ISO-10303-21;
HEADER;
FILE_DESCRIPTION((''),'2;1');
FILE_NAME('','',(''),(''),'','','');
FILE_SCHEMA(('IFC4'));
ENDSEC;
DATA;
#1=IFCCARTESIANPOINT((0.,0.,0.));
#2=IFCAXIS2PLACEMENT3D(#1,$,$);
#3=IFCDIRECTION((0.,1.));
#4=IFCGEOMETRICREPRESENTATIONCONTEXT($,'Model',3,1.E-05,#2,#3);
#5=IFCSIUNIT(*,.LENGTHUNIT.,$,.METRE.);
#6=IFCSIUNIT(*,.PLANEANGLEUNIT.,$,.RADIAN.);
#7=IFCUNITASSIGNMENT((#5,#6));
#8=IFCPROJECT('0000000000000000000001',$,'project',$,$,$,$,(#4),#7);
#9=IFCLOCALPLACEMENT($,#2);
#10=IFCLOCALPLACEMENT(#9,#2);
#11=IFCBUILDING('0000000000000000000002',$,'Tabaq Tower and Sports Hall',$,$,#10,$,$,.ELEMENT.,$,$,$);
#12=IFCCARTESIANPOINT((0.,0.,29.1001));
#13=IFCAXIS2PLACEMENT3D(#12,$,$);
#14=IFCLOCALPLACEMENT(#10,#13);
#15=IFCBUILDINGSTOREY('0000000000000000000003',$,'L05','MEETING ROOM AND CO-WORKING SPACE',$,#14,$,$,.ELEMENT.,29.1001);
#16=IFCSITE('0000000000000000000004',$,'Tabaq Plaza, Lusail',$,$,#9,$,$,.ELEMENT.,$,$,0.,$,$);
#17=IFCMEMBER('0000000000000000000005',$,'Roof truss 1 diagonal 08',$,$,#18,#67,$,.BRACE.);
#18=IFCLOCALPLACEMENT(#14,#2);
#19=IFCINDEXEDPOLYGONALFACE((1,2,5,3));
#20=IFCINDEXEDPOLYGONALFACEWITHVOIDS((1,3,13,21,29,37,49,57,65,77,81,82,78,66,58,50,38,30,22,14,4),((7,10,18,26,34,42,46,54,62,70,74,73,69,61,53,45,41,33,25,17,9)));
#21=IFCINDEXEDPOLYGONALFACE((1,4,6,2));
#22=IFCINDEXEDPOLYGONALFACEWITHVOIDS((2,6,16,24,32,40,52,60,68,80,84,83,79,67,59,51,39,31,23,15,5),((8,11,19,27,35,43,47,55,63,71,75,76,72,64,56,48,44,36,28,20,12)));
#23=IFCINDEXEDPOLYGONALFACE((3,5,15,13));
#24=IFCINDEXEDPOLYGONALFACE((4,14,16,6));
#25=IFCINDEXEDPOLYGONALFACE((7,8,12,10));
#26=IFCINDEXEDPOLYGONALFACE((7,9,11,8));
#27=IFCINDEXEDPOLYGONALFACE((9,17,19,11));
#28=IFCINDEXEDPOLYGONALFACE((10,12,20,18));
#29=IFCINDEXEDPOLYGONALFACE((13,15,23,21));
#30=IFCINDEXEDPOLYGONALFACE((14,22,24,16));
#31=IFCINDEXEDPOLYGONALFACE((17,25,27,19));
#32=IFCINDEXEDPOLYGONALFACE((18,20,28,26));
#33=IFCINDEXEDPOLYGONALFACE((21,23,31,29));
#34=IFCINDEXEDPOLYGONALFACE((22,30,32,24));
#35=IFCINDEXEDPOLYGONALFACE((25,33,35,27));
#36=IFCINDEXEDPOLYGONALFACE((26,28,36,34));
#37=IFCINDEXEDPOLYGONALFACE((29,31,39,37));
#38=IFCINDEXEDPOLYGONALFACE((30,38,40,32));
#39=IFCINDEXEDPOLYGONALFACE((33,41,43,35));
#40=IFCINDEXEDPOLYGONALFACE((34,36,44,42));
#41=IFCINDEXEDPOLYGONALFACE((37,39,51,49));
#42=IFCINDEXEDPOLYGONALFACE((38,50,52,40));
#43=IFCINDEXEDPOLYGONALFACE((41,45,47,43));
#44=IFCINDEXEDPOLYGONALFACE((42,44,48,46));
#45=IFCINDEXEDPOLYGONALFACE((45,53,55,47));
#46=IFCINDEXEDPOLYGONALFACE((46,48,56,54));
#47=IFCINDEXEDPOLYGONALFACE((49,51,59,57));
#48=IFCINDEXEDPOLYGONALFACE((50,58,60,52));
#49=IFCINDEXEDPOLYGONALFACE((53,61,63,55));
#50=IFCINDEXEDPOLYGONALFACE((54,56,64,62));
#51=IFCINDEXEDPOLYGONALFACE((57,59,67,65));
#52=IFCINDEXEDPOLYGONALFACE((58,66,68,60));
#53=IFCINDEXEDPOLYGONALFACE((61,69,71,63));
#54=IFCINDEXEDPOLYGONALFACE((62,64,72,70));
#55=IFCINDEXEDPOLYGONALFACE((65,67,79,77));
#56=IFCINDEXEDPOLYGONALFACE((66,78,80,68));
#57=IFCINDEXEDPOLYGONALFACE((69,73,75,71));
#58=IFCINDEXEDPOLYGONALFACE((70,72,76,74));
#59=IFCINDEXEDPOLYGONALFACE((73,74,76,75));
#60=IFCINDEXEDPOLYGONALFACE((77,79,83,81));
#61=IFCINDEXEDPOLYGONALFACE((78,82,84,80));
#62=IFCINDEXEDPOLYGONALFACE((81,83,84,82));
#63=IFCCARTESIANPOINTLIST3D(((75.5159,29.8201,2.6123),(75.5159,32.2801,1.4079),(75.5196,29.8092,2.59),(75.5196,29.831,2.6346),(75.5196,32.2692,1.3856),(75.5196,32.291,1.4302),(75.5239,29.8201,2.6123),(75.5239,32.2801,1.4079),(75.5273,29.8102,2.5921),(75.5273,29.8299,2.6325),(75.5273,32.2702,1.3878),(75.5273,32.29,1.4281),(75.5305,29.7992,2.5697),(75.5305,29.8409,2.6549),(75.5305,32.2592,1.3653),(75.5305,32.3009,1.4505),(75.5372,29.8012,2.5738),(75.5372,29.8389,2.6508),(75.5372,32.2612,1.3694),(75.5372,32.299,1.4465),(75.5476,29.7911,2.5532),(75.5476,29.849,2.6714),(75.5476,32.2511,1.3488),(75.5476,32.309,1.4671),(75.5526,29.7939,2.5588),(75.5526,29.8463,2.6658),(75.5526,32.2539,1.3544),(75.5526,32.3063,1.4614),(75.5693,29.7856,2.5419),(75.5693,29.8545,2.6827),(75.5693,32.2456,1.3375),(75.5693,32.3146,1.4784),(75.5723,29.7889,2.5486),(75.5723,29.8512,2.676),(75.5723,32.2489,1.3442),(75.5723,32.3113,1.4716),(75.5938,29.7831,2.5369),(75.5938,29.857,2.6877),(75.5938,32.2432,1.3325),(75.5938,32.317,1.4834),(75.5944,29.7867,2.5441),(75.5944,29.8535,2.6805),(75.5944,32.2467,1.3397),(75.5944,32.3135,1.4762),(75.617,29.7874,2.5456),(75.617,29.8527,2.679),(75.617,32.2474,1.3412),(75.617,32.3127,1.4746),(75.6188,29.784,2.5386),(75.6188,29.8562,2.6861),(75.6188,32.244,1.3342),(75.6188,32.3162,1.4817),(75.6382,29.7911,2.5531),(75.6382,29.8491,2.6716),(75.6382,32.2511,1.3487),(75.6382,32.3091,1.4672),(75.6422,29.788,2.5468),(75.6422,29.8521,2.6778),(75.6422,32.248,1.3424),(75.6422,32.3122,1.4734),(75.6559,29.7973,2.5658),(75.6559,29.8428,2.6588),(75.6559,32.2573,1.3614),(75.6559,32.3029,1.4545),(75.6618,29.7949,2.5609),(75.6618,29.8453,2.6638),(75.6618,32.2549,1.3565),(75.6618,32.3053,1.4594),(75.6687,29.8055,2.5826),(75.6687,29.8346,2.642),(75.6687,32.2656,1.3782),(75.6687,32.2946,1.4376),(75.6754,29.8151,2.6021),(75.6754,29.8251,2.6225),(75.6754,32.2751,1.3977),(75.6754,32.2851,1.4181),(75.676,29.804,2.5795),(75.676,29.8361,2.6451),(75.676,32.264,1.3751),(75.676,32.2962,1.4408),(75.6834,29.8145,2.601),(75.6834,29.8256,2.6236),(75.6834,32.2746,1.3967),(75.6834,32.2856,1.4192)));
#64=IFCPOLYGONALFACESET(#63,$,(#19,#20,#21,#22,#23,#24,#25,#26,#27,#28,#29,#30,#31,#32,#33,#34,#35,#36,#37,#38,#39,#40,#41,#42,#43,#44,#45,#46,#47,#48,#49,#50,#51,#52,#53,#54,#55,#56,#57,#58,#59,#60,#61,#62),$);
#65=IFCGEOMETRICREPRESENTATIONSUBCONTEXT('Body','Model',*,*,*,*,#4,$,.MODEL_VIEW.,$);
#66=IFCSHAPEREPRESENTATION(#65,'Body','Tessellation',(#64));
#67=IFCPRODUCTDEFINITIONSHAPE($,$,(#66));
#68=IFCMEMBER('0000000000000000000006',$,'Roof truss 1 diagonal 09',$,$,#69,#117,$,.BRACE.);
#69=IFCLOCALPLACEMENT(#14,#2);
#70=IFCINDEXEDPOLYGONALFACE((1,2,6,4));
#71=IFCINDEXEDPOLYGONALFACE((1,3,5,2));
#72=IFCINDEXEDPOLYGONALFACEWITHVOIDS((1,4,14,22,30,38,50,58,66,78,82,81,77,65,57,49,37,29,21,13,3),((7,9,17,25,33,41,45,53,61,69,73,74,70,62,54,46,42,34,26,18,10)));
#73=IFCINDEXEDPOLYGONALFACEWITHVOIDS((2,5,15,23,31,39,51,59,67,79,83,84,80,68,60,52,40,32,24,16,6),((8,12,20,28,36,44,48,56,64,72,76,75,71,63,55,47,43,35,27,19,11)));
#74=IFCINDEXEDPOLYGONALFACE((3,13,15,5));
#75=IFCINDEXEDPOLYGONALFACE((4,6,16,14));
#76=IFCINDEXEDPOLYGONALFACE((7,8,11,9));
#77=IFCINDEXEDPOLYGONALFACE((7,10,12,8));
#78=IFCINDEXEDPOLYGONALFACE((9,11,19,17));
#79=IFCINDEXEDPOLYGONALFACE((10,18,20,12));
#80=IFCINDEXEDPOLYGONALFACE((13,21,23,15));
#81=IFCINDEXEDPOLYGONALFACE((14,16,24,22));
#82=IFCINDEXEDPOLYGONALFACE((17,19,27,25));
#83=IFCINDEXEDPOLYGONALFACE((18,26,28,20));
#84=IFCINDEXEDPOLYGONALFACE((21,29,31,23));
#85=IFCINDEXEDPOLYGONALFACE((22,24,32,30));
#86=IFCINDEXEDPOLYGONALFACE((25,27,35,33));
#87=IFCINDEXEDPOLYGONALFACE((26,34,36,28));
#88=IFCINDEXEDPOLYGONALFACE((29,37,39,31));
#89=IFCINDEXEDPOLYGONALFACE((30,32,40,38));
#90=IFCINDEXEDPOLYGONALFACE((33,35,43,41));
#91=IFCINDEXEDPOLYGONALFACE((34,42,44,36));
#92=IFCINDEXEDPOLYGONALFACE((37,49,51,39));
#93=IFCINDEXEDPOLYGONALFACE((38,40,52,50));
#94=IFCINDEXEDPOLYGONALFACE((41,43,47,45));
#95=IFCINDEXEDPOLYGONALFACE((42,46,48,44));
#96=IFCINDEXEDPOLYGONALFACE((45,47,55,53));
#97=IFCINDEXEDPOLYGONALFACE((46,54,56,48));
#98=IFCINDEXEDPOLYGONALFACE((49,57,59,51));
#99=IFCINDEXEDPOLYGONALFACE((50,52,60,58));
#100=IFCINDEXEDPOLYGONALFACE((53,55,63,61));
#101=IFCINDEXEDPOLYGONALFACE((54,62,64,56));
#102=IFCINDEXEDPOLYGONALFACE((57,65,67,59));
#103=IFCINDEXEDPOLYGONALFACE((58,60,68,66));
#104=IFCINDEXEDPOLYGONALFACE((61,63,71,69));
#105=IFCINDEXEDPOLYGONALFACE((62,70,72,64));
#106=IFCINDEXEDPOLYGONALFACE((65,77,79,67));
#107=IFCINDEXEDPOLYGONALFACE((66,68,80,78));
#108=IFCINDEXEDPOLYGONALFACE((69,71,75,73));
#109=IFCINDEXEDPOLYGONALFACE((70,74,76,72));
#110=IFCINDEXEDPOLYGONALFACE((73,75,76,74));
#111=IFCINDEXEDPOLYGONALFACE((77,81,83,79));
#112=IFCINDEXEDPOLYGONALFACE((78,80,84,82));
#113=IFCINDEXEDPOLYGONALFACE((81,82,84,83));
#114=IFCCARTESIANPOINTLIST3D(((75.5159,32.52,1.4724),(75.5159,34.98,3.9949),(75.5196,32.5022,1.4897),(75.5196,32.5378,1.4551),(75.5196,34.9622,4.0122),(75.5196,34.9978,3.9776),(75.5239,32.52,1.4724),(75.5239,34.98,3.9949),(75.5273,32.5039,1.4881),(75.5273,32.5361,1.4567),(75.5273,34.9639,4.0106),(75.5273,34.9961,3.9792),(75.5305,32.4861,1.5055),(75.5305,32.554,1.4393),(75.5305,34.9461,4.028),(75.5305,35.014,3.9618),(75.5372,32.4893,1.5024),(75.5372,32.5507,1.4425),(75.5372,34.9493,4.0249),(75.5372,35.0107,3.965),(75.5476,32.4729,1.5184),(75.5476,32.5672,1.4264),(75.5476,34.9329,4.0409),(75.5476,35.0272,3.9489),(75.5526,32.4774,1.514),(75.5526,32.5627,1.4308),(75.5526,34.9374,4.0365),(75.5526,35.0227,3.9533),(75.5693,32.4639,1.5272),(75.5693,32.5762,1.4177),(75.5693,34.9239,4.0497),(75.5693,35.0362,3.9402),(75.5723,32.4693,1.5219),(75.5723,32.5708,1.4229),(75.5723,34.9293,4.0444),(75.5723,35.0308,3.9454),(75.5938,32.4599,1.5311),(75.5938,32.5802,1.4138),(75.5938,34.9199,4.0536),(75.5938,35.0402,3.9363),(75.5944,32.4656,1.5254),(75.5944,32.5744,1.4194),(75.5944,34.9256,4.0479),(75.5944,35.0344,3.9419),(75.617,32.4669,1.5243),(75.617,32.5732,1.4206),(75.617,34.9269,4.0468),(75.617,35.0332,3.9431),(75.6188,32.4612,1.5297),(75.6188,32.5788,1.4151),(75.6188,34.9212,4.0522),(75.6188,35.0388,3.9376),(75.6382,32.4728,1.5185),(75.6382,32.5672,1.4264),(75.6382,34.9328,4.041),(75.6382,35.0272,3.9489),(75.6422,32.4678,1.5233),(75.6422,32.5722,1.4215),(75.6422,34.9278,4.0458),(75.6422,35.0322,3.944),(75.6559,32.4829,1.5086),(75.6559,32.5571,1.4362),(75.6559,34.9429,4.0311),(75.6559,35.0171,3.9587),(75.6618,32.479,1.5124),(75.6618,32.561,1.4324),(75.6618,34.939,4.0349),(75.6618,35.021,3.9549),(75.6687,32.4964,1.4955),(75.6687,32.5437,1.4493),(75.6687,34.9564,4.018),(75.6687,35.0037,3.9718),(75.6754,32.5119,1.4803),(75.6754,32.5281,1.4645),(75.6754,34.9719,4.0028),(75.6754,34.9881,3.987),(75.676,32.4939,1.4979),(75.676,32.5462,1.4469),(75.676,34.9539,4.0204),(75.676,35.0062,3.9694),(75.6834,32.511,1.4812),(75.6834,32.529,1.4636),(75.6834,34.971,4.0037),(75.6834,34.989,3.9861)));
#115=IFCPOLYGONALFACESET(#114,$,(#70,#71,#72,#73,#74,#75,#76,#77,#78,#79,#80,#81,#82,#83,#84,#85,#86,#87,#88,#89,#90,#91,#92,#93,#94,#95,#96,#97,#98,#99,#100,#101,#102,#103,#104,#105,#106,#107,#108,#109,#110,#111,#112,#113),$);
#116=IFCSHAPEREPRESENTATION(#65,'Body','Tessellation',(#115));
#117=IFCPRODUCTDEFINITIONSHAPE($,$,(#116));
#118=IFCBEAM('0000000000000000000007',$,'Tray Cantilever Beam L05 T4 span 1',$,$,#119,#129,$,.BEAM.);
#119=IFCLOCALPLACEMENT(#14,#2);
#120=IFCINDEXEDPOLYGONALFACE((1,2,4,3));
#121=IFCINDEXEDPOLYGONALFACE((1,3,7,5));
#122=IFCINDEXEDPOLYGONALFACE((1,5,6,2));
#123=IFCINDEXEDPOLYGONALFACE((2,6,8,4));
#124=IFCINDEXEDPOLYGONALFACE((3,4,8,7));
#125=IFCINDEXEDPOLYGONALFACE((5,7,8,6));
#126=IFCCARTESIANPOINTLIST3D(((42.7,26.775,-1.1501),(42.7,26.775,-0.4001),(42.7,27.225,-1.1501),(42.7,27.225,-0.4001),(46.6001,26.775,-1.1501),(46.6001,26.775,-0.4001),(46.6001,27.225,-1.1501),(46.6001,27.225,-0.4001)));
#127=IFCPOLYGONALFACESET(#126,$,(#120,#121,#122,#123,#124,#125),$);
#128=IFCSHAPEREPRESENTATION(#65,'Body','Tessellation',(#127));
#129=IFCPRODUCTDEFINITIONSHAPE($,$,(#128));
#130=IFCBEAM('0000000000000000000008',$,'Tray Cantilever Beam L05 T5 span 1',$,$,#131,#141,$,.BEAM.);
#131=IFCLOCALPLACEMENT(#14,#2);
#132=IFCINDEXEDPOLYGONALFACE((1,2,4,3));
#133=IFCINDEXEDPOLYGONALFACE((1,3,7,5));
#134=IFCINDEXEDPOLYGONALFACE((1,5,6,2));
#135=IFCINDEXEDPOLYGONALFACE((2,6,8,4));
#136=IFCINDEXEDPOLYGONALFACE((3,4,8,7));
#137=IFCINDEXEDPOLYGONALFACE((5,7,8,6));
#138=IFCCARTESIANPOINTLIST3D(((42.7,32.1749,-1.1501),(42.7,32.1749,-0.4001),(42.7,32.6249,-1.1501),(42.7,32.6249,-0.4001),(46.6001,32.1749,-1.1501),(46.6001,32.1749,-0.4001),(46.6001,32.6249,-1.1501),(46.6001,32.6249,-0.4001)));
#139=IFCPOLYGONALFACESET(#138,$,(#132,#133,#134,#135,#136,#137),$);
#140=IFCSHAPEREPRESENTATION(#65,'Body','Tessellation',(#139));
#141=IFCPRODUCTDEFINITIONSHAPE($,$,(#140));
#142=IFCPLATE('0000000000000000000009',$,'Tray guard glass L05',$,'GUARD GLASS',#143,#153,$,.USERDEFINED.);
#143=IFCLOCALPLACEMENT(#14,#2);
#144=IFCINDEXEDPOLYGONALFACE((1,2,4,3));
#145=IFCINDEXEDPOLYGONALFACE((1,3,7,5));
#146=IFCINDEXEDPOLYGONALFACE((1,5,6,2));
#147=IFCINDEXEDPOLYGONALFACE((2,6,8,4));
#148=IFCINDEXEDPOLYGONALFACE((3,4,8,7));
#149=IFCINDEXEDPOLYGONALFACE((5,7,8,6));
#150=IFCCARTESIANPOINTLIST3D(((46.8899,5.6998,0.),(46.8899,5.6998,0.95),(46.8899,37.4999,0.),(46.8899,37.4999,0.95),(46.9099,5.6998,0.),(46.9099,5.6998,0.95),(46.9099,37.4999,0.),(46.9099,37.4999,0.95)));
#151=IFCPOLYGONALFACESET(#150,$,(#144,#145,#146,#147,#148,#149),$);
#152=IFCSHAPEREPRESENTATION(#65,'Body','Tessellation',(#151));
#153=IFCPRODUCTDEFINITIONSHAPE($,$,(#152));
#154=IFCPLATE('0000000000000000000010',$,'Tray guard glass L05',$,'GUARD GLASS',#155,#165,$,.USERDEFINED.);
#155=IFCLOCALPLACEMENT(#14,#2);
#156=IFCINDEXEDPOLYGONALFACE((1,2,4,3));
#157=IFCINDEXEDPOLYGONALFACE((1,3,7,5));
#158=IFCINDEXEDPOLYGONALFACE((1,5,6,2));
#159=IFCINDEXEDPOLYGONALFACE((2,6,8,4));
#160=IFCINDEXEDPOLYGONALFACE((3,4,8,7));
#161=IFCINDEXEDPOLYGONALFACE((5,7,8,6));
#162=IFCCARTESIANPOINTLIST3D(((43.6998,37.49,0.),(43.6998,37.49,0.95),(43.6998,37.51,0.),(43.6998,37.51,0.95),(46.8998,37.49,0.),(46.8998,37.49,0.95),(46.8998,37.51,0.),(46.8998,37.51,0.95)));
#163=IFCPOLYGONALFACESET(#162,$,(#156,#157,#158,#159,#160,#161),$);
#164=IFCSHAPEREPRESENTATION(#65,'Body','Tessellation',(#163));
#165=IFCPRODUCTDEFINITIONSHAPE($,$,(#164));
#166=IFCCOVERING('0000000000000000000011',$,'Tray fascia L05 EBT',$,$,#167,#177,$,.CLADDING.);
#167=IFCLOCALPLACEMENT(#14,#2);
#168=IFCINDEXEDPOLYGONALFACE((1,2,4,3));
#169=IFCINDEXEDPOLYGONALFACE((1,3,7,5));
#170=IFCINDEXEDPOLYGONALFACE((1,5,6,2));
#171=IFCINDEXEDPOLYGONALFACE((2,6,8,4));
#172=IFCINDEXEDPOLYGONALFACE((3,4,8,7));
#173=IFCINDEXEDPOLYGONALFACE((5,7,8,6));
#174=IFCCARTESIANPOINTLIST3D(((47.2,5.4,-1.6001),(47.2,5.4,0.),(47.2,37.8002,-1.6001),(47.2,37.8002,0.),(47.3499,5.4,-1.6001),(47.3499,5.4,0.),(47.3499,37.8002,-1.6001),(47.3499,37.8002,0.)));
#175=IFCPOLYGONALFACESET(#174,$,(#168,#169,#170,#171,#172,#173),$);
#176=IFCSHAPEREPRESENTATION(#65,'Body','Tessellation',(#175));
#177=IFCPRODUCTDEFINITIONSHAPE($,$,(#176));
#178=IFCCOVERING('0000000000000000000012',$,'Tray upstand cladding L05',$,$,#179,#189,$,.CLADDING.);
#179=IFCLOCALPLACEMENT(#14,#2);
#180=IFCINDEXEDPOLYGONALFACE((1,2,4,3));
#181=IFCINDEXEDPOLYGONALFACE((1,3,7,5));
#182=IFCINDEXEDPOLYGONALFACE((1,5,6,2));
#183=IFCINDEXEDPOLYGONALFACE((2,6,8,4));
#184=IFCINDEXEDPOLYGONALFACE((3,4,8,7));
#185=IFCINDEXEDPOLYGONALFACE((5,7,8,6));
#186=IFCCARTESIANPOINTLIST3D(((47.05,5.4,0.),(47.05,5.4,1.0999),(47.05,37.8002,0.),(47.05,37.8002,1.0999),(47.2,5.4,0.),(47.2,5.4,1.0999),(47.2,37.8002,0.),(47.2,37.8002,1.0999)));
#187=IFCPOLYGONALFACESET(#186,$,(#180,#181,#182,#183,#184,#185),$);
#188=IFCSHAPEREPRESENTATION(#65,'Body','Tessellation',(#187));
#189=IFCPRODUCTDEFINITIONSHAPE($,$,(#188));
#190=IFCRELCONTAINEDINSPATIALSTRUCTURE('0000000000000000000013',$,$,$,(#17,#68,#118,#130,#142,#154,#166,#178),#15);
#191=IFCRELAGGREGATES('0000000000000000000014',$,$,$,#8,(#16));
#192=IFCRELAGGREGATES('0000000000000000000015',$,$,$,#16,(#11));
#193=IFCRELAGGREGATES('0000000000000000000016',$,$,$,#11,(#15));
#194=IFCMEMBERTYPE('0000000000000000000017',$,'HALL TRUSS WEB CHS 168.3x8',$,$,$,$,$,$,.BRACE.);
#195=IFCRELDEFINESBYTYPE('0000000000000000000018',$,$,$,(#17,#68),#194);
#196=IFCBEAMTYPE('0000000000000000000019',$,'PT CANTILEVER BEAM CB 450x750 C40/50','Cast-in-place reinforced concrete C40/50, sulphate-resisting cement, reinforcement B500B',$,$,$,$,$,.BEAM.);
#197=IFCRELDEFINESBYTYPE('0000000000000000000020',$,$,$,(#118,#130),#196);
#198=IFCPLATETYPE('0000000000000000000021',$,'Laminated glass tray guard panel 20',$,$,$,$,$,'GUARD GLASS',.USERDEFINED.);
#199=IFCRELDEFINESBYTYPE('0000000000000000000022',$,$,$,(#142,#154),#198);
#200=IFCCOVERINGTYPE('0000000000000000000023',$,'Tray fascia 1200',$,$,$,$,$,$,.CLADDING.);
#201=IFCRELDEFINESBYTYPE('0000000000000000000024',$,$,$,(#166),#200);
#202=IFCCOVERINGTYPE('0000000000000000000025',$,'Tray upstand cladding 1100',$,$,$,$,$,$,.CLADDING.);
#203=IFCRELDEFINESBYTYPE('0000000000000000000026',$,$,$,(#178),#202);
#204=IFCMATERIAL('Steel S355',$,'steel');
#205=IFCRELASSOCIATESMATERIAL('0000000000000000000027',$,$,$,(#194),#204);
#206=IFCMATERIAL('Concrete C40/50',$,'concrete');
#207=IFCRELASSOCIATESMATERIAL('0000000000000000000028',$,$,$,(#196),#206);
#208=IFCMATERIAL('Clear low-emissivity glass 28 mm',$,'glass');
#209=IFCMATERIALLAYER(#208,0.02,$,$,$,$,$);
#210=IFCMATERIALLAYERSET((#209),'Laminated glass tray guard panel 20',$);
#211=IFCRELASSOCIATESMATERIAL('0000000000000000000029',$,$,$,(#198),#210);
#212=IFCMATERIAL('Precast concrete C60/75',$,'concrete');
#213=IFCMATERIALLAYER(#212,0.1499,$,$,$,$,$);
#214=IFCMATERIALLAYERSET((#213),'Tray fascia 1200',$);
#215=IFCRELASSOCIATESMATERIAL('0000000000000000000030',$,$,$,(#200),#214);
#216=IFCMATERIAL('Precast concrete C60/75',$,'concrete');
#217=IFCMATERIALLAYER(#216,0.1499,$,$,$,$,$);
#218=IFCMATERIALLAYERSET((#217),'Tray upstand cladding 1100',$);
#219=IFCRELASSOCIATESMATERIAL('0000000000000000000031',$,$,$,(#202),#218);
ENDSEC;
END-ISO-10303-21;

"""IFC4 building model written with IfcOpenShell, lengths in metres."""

from ifc_helpers import new_model, si_unit, direction, frame, frame_2d, origin, origin_2d, place, context, subcontext, project, spatial, rectangle, hollow_circle, extrude, material, layer, layer_set, material_profile, profile_set, type_object, element, save


model = new_model("IFC4")

# Units and contexts
model_context = context("Model", 3, precision=1e-05, world=origin(), true_north=direction((0.0, 1.0)))
body_context = subcontext(model_context, "Body", "Model", "MODEL_VIEW")
ifc_project = project(units=[si_unit("LENGTHUNIT", "METRE"), si_unit("PLANEANGLEUNIT", "RADIAN")], contexts=[model_context])

# Site, building, storey
site_placement = place(None, origin())
site = spatial("IfcSite", under=ifc_project, at=site_placement, Name="Tabaq Plaza, Lusail", CompositionType="ELEMENT", RefElevation=0.0)
building_placement = place(site_placement, origin())
building = spatial("IfcBuilding", under=site, at=building_placement, Name="Tabaq Tower and Sports Hall", CompositionType="ELEMENT")
storey_placement = place(building_placement, frame((0.0, 0.0, 29.1001)))
storey = spatial("IfcBuildingStorey", under=building, at=storey_placement, Name="L05", Description="MEETING ROOM AND CO-WORKING SPACE", CompositionType="ELEMENT", Elevation=29.1001)

# Members
ifc_material_1 = material(Name="Steel S355", Category="steel")
ifc_material_profile_1 = material_profile(ifc_material_1, hollow_circle(Radius=0.0842, WallThickness=0.0081, at=origin_2d()), Name="CHS 168.3x8")
ifc_profile_set_1 = profile_set([ifc_material_profile_1], Name="Steel S355")
member_type_1 = type_object("IfcMemberType", Name="HALL TRUSS WEB CHS 168.3x8", PredefinedType="BRACE", material=ifc_profile_set_1)
member_1_placement = place(storey_placement, frame((75.6001, 29.8201, 2.6123), z_axis=(0.0, 0.89814, -0.43971), x_axis=(-1.0, 0.0, 0.0)))
element("IfcMember", 1, at=member_1_placement, inside=storey, type_object=member_type_1, Name="Roof truss 1 diagonal 08", PredefinedType="BRACE", context=body_context, shape_type="SweptSolid", body=[
    extrude(hollow_circle(Radius=0.0842, WallThickness=0.0081, at=origin_2d()), origin(), (0.0, 0.0, 1.0), 2.739),
])
member_2_placement = place(storey_placement, frame((75.6001, 32.52, 1.4724), z_axis=(0.0, 0.698182, 0.71592), x_axis=(-1.0, 0.0, 0.0)))
element("IfcMember", 2, at=member_2_placement, inside=storey, type_object=member_type_1, Name="Roof truss 1 diagonal 09", PredefinedType="BRACE", context=body_context, shape_type="SweptSolid", body=[
    extrude(hollow_circle(Radius=0.0842, WallThickness=0.0081, at=origin_2d()), origin(), (0.0, 0.0, 1.0), 3.5234),
])

# Beams
ifc_material_2 = material(Name="Concrete C40/50", Category="concrete")
ifc_material_profile_2 = material_profile(ifc_material_2, rectangle(XDim=0.45, YDim=0.75, at=origin_2d()), Name="CB 450x750")
ifc_profile_set_2 = profile_set([ifc_material_profile_2], Name="Concrete C40/50")
beam_type_1 = type_object("IfcBeamType", Name="PT CANTILEVER BEAM CB 450x750 C40/50", Description="Cast-in-place reinforced concrete C40/50, sulphate-resisting cement, reinforcement B500B", PredefinedType="BEAM", material=ifc_profile_set_2)
for number, where, z_axis, x_axis, name in (
    (3, (46.6001, 27.0, -0.7751), (-1.0, 0.0, 0.0), (0.0, -1.0, 0.0), "Tray Cantilever Beam L05 T4 span 1"),
    (4, (46.6001, 32.3999, -0.7751), (-1.0, 0.0, 0.0), (0.0, -1.0, 0.0), "Tray Cantilever Beam L05 T5 span 1"),
):
    element("IfcBeam", number, at=place(storey_placement, frame(where, z_axis=z_axis, x_axis=x_axis)), inside=storey, type_object=beam_type_1, Name=name, PredefinedType="BEAM", context=body_context, shape_type="SweptSolid", body=[
        extrude(rectangle(XDim=0.45, YDim=0.75, at=origin_2d()), origin(), (0.0, 0.0, 1.0), 3.9001),
    ])

# Plates
ifc_material_3 = material(Name="Clear low-emissivity glass 28 mm", Category="glass")
ifc_layer_1 = layer(ifc_material_3, 0.02)
ifc_layer_set_1 = layer_set([ifc_layer_1], Name="Laminated glass tray guard panel 20")
plate_type = type_object("IfcPlateType", Name="Laminated glass tray guard panel 20", ElementType="GUARD GLASS", PredefinedType="USERDEFINED", material=ifc_layer_set_1)
plate_1_placement = place(storey_placement, frame((46.8999, 5.7, 0.0), z_axis=(0.0, 0.0, 1.0), x_axis=(0.0, 1.0, 0.0)))
element("IfcPlate", 5, at=plate_1_placement, inside=storey, type_object=plate_type, Name="Tray guard glass L05", ObjectType="GUARD GLASS", PredefinedType="USERDEFINED", context=body_context, shape_type="SweptSolid", body=[
    extrude(rectangle(XDim=31.8, YDim=0.02, at=frame_2d((15.8999, 0.0))), origin(), (0.0, 0.0, 1.0), 0.95),
])
plate_2_placement = place(storey_placement, frame((46.8999, 37.5, 0.0), z_axis=(0.0, 0.0, 1.0), x_axis=(-1.0, 0.0, 0.0)))
element("IfcPlate", 6, at=plate_2_placement, inside=storey, type_object=plate_type, Name="Tray guard glass L05", ObjectType="GUARD GLASS", PredefinedType="USERDEFINED", context=body_context, shape_type="SweptSolid", body=[
    extrude(rectangle(XDim=3.2, YDim=0.02, at=frame_2d((1.6001, 0.0))), origin(), (0.0, 0.0, 1.0), 0.95),
])

# Coverings
ifc_material_4 = material(Name="Precast concrete C60/75", Category="concrete")
ifc_layer_2 = layer(ifc_material_4, 0.1499)
ifc_layer_set_2 = layer_set([ifc_layer_2], Name="Tray fascia 1200")
covering_type_1 = type_object("IfcCoveringType", Name="Tray fascia 1200", PredefinedType="CLADDING", material=ifc_layer_set_2)
covering_1_placement = place(storey_placement, frame((47.2749, 5.3999, -1.6001), z_axis=(0.0, 0.0, 1.0), x_axis=(0.0, 1.0, 0.0)))
element("IfcCovering", 7, at=covering_1_placement, inside=storey, type_object=covering_type_1, Name="Tray fascia L05 EBT", PredefinedType="CLADDING", context=body_context, shape_type="SweptSolid", body=[
    extrude(rectangle(XDim=32.4001, YDim=0.1499, at=frame_2d((16.2002, 0.0))), origin(), (0.0, 0.0, 1.0), 1.6001),
])
ifc_material_5 = material(Name="Precast concrete C60/75", Category="concrete")
ifc_layer_3 = layer(ifc_material_5, 0.1499)
ifc_layer_set_3 = layer_set([ifc_layer_3], Name="Tray upstand cladding 1100")
covering_type_2 = type_object("IfcCoveringType", Name="Tray upstand cladding 1100", PredefinedType="CLADDING", material=ifc_layer_set_3)
covering_2_placement = place(storey_placement, frame((47.125, 5.3999, 0.0), z_axis=(0.0, 0.0, 1.0), x_axis=(0.0, 1.0, 0.0)))
element("IfcCovering", 8, at=covering_2_placement, inside=storey, type_object=covering_type_2, Name="Tray upstand cladding L05", PredefinedType="CLADDING", context=body_context, shape_type="SweptSolid", body=[
    extrude(rectangle(XDim=32.4001, YDim=0.1499, at=frame_2d((16.2002, 0.0))), origin(), (0.0, 0.0, 1.0), 1.0999),
])

save(model, "model.ifc")
